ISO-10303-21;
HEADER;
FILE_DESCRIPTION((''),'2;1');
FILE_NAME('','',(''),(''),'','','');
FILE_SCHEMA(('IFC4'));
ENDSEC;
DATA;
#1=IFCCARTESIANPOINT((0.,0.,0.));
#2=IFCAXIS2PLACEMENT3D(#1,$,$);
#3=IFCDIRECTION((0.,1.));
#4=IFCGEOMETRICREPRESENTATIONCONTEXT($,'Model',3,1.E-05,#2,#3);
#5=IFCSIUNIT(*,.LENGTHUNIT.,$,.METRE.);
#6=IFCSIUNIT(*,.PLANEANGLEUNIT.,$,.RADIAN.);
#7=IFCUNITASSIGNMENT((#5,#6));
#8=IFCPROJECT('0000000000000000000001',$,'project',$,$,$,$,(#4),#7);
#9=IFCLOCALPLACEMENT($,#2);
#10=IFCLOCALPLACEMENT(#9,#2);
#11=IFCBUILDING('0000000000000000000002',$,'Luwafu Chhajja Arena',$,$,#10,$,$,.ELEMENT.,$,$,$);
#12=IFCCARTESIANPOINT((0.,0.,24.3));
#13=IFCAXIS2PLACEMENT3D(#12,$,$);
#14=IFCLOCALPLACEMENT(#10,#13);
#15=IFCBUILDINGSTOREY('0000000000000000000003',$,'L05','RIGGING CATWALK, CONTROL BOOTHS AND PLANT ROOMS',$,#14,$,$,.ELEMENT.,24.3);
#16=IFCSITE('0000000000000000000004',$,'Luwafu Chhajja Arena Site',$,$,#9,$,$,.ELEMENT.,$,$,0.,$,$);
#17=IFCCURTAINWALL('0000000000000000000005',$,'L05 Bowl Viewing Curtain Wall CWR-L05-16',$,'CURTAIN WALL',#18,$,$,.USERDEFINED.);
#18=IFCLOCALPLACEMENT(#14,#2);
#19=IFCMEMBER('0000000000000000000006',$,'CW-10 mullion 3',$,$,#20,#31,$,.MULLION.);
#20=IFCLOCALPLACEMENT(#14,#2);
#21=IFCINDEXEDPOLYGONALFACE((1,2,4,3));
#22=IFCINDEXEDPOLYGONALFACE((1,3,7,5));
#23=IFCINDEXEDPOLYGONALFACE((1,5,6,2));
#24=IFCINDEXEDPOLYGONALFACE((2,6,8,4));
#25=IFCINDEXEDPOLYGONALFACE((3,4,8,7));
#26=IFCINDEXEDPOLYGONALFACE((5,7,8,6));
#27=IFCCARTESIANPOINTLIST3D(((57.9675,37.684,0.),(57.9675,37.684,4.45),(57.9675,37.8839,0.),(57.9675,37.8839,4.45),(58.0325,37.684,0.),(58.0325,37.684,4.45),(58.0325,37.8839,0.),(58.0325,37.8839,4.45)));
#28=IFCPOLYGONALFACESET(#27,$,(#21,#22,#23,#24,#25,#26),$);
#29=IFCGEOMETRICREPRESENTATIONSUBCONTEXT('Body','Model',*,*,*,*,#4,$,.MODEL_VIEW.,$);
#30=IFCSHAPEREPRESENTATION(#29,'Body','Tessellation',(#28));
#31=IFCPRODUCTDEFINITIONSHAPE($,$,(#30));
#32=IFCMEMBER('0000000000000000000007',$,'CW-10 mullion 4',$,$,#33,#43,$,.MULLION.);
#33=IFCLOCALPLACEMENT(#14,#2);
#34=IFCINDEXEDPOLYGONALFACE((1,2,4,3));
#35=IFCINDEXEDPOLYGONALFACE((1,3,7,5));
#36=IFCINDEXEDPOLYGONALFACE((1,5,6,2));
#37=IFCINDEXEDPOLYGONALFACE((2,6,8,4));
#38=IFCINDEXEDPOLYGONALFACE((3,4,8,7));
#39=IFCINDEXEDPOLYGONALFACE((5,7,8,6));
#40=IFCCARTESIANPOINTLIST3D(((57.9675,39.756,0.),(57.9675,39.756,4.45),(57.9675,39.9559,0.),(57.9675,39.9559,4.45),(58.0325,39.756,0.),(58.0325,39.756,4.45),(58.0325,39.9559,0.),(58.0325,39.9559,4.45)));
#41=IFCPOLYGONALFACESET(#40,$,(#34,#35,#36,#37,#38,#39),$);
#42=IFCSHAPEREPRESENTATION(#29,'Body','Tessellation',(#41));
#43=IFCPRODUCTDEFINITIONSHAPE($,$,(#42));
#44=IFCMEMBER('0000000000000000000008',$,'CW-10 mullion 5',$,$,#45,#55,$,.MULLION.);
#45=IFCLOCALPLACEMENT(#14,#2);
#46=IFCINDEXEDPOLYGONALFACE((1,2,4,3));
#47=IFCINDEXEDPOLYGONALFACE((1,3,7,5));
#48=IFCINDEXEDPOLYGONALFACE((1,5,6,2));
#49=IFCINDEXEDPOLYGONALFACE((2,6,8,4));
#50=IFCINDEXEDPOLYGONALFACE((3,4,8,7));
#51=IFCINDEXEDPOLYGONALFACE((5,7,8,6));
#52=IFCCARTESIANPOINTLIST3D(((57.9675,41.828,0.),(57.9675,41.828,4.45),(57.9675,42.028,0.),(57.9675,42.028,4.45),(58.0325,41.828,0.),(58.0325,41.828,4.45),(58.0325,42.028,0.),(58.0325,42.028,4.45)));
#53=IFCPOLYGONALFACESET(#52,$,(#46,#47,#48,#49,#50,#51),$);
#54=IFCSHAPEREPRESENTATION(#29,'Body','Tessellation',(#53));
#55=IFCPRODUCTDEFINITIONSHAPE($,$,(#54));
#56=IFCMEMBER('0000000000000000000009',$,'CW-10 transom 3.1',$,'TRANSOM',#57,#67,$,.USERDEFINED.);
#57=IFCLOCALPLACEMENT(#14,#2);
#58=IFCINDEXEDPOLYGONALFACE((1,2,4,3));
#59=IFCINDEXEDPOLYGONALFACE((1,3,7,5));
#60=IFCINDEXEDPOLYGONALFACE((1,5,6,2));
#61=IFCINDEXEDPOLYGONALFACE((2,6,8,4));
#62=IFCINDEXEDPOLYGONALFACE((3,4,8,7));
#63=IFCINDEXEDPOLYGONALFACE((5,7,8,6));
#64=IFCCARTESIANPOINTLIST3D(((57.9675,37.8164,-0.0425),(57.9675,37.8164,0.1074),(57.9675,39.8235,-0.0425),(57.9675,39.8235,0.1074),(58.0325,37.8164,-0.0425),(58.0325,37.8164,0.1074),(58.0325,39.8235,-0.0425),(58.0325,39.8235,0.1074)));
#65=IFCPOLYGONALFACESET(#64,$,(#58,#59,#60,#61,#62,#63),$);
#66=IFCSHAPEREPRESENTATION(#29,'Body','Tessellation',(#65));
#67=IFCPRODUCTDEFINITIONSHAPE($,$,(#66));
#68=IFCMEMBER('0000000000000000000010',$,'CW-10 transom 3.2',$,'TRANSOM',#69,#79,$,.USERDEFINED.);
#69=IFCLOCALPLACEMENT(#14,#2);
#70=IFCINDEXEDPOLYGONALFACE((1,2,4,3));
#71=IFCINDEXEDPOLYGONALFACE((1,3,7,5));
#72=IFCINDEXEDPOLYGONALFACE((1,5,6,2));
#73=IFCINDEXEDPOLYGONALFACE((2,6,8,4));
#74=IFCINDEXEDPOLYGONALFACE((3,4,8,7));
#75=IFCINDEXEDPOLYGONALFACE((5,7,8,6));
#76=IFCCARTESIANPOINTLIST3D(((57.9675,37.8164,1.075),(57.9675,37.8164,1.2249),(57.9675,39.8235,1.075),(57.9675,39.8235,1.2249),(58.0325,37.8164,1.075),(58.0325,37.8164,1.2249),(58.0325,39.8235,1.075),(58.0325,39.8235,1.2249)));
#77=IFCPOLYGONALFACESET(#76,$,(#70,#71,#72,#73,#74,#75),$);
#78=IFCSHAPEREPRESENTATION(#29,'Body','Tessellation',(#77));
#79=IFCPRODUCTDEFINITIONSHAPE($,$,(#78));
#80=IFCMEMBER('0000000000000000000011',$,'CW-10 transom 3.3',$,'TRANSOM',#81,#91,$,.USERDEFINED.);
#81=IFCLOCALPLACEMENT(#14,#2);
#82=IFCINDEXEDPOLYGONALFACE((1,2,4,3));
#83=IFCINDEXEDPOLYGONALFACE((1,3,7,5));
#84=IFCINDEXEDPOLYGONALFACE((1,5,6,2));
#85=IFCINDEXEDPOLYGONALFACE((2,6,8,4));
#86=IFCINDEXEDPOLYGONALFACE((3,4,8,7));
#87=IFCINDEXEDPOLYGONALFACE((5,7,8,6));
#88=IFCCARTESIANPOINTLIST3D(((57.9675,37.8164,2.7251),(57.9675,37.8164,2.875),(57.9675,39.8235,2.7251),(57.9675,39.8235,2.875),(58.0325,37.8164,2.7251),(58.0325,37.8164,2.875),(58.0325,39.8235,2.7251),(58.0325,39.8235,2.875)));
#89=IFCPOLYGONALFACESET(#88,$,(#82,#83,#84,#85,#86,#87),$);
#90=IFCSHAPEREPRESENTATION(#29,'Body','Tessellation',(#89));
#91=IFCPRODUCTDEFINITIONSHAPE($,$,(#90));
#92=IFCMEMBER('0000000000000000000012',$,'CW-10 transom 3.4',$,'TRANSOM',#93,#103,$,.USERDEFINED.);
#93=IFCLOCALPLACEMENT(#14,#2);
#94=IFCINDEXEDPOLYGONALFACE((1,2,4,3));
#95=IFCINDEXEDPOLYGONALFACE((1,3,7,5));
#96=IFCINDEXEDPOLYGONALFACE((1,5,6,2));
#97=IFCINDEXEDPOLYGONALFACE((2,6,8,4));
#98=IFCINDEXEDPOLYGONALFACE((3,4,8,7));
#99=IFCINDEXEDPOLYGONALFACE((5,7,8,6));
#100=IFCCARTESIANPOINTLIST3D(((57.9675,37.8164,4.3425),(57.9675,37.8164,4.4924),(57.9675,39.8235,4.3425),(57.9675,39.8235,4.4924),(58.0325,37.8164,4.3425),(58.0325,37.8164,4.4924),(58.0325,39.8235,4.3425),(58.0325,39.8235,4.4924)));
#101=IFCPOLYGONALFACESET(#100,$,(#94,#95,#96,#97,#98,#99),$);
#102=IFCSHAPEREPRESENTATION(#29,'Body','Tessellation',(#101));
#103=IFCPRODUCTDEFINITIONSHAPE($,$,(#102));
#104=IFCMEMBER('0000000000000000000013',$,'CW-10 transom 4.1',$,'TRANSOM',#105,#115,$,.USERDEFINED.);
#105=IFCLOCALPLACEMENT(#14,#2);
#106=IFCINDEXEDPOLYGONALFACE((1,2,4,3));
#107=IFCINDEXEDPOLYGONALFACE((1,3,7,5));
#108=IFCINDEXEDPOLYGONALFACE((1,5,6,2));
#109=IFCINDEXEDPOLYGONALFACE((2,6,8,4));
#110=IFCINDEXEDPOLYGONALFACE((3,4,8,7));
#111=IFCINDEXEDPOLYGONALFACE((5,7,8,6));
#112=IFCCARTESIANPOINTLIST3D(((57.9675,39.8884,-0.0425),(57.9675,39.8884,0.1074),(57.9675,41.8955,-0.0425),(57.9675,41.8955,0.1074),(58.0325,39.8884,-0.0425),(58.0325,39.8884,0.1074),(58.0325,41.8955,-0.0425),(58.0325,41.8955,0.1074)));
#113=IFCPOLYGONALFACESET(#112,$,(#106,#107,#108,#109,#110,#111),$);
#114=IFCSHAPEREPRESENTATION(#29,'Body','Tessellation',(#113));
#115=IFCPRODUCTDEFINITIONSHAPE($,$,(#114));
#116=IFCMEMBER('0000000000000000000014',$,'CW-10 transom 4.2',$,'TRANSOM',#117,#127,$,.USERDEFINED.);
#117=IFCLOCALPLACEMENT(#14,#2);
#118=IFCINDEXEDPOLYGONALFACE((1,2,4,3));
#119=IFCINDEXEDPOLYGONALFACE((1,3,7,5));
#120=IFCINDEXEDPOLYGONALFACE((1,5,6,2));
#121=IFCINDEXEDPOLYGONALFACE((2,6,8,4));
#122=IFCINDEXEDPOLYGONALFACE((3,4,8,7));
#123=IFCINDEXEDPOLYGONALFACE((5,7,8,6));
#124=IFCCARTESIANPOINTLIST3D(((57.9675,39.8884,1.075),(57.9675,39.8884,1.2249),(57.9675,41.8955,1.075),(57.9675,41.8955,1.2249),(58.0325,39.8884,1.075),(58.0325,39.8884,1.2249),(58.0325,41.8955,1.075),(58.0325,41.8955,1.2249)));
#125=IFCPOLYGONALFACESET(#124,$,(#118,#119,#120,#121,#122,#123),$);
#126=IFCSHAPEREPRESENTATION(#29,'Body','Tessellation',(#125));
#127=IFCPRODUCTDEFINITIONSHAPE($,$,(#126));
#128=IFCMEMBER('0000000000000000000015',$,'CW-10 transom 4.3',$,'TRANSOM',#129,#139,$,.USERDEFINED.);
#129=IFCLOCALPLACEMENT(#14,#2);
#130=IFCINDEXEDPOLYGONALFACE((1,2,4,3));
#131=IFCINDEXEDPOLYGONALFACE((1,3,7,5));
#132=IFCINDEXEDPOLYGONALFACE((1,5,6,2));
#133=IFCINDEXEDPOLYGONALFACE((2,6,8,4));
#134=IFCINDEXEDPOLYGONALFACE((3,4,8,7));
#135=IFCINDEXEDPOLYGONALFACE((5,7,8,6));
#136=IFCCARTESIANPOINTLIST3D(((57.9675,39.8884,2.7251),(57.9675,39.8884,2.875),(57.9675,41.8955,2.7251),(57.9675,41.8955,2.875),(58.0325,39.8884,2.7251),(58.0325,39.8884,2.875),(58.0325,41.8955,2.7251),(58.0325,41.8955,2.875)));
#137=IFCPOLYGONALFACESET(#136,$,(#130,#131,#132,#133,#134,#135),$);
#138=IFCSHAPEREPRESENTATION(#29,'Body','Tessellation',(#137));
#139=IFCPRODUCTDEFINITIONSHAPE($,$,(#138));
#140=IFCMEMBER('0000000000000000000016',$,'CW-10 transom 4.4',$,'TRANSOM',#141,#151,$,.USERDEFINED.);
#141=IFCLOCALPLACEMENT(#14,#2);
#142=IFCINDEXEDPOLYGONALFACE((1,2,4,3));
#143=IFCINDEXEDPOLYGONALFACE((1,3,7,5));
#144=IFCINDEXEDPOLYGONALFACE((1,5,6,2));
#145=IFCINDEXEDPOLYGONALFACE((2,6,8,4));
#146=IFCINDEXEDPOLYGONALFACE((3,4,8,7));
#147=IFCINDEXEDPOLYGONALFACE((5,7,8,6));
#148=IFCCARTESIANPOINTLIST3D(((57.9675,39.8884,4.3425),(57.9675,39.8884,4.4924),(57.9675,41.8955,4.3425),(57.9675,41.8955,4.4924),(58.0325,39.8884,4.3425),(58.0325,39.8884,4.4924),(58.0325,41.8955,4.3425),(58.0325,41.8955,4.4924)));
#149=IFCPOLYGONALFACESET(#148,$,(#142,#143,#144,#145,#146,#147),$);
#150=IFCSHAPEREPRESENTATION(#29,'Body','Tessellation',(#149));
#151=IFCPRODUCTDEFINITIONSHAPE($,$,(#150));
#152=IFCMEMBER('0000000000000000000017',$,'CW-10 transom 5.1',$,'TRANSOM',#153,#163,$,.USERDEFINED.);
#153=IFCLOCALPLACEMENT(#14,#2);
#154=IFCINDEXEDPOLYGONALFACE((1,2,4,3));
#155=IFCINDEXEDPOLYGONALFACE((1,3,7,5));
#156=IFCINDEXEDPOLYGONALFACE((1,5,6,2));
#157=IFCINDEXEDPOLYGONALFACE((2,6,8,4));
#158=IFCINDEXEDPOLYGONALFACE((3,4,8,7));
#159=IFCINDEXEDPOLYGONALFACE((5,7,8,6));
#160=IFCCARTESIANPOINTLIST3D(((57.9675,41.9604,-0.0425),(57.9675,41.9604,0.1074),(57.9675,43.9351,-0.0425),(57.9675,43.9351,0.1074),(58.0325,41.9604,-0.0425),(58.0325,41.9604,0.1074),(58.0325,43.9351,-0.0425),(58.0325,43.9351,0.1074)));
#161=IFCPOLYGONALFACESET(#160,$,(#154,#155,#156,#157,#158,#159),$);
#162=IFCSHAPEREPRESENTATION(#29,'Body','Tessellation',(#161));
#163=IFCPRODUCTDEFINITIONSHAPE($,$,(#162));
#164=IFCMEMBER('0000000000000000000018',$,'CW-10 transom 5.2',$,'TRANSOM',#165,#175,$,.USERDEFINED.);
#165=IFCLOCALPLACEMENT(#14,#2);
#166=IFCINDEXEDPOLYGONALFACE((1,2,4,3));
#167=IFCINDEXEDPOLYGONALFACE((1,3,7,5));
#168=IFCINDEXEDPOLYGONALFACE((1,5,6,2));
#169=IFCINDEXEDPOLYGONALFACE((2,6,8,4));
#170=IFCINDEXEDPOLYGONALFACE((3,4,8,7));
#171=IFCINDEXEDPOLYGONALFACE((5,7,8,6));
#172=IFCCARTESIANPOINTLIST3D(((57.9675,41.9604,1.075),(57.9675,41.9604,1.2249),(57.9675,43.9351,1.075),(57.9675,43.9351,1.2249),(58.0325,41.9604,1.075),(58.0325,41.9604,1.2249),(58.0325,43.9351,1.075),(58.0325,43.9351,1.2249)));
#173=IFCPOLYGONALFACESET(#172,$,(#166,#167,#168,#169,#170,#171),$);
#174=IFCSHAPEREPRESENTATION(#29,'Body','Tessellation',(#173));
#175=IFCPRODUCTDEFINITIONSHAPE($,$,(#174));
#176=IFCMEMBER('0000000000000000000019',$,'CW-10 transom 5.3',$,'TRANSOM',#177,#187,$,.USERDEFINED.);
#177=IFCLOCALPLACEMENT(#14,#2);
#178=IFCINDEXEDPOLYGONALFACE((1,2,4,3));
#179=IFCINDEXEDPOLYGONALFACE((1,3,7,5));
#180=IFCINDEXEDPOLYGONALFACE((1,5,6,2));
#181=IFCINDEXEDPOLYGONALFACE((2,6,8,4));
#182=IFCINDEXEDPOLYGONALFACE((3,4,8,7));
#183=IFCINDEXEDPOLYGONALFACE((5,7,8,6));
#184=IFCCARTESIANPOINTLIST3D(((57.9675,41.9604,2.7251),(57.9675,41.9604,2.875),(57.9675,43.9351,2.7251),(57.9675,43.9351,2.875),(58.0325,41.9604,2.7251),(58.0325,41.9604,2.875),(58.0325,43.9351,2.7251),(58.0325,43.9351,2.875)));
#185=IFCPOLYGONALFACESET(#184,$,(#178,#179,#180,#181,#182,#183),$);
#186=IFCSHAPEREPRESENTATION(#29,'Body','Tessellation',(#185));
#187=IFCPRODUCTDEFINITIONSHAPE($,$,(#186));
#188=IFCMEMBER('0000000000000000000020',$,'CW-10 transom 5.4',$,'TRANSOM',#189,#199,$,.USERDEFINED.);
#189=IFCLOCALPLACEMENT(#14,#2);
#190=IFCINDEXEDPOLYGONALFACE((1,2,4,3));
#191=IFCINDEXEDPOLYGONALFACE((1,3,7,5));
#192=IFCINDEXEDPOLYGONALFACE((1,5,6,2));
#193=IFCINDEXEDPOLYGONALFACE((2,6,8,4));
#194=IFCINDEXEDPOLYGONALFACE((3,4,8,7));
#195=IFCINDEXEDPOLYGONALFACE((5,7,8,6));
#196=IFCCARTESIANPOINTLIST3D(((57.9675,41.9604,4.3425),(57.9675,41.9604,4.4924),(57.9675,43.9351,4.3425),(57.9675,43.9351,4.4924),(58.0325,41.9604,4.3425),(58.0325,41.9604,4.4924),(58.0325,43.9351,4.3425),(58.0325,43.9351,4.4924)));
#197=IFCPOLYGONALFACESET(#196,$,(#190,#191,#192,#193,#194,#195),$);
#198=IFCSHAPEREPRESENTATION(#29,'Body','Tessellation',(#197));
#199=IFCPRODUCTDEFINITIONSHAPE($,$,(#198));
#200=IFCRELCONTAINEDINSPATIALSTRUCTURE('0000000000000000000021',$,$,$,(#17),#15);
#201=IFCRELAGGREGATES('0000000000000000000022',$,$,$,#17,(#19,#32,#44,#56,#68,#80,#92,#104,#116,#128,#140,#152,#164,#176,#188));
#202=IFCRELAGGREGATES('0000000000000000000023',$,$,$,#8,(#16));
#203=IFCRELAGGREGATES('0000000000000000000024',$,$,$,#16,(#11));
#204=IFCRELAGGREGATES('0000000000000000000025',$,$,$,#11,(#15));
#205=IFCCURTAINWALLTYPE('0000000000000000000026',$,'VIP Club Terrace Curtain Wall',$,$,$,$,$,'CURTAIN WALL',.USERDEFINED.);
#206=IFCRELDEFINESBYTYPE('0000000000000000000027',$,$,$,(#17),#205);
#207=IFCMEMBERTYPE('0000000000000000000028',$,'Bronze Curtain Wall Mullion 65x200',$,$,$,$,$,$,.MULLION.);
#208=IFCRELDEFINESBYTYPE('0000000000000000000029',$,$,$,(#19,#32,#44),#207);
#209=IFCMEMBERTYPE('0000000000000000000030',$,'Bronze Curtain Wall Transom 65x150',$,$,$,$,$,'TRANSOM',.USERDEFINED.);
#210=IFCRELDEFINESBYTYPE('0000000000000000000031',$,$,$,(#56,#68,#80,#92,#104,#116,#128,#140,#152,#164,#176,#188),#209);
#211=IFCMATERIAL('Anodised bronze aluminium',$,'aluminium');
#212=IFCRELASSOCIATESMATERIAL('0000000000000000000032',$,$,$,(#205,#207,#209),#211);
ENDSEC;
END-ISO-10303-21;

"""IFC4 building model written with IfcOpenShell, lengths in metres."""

from ifc_helpers import new_model, si_unit, direction, frame, origin, origin_2d, place, context, subcontext, project, spatial, rectangle, extrude, material, material_profile, profile_set, type_object, element, aggregate, save


model = new_model("IFC4")

# Units and contexts
model_context = context("Model", 3, precision=1e-05, world=origin(), true_north=direction((0.0, 1.0)))
body_context = subcontext(model_context, "Body", "Model", "MODEL_VIEW")
ifc_project = project(units=[si_unit("LENGTHUNIT", "METRE"), si_unit("PLANEANGLEUNIT", "RADIAN")], contexts=[model_context])

# Site, building, storey
site_placement = place(None, origin())
site = spatial("IfcSite", under=ifc_project, at=site_placement, Name="Luwafu Chhajja Arena Site", CompositionType="ELEMENT", RefElevation=0.0)
building_placement = place(site_placement, origin())
building = spatial("IfcBuilding", under=site, at=building_placement, Name="Luwafu Chhajja Arena", CompositionType="ELEMENT")
storey_placement = place(building_placement, frame((0.0, 0.0, 24.3)))
storey = spatial("IfcBuildingStorey", under=building, at=storey_placement, Name="L05", Description="RIGGING CATWALK, CONTROL BOOTHS AND PLANT ROOMS", CompositionType="ELEMENT", Elevation=24.3)

# Curtain wall, members
ifc_material_1 = material(Name="Anodised bronze aluminium", Category="aluminium")
curtain_wall_type = type_object("IfcCurtainWallType", Name="VIP Club Terrace Curtain Wall", ElementType="CURTAIN WALL", PredefinedType="USERDEFINED", material=ifc_material_1)
curtain_wall_placement = place(storey_placement, origin())
curtain_wall = element("IfcCurtainWall", 1, at=curtain_wall_placement, inside=storey, type_object=curtain_wall_type, Name="L05 Bowl Viewing Curtain Wall CWR-L05-16", ObjectType="CURTAIN WALL", PredefinedType="USERDEFINED")
ifc_material_profile_1 = material_profile(ifc_material_1, rectangle(XDim=0.0649, YDim=0.2, at=origin_2d()), Name="CWM 65x200")
ifc_profile_set_1 = profile_set([ifc_material_profile_1], Name="Anodised bronze aluminium")
member_type_1 = type_object("IfcMemberType", Name="Bronze Curtain Wall Mullion 65x200", PredefinedType="MULLION", material=ifc_profile_set_1)
member_1_placement = place(storey_placement, frame((58.0, 37.7839, 0.0), z_axis=(0.0, 0.0, 1.0), x_axis=(-1.0, 0.0, 0.0)))
member_1 = element("IfcMember", 2, at=member_1_placement, type_object=member_type_1, Name="CW-10 mullion 3", PredefinedType="MULLION", context=body_context, shape_type="SweptSolid", body=[
    extrude(rectangle(XDim=0.0649, YDim=0.2, at=origin_2d()), origin(), (0.0, 0.0, 1.0), 4.45),
])
member_2_placement = place(storey_placement, frame((58.0, 39.856, 0.0), z_axis=(0.0, 0.0, 1.0), x_axis=(-1.0, 0.0, 0.0)))
member_2 = element("IfcMember", 3, at=member_2_placement, type_object=member_type_1, Name="CW-10 mullion 4", PredefinedType="MULLION", context=body_context, shape_type="SweptSolid", body=[
    extrude(rectangle(XDim=0.0649, YDim=0.2, at=origin_2d()), origin(), (0.0, 0.0, 1.0), 4.45),
])
member_3_placement = place(storey_placement, frame((58.0, 41.928, 0.0), z_axis=(0.0, 0.0, 1.0), x_axis=(-1.0, 0.0, 0.0)))
member_3 = element("IfcMember", 4, at=member_3_placement, type_object=member_type_1, Name="CW-10 mullion 5", PredefinedType="MULLION", context=body_context, shape_type="SweptSolid", body=[
    extrude(rectangle(XDim=0.0649, YDim=0.2, at=origin_2d()), origin(), (0.0, 0.0, 1.0), 4.45),
])
ifc_material_profile_2 = material_profile(ifc_material_1, rectangle(XDim=0.0649, YDim=0.1499, at=origin_2d()), Name="CWT 65x150")
ifc_profile_set_2 = profile_set([ifc_material_profile_2], Name="Anodised bronze aluminium")
member_type_2 = type_object("IfcMemberType", Name="Bronze Curtain Wall Transom 65x150", ElementType="TRANSOM", PredefinedType="USERDEFINED", material=ifc_profile_set_2)
member_4_placement = place(storey_placement, frame((58.0, 37.8164, 0.0325), z_axis=(0.0, 1.0, 0.0), x_axis=(-1.0, 0.0, 0.0)))
member_4 = element("IfcMember", 5, at=member_4_placement, type_object=member_type_2, Name="CW-10 transom 3.1", ObjectType="TRANSOM", PredefinedType="USERDEFINED", context=body_context, shape_type="SweptSolid", body=[
    extrude(rectangle(XDim=0.0649, YDim=0.1499, at=origin_2d()), origin(), (0.0, 0.0, 1.0), 2.0071),
])
member_5_placement = place(storey_placement, frame((58.0, 37.8164, 1.1499), z_axis=(0.0, 1.0, 0.0), x_axis=(-1.0, 0.0, 0.0)))
member_5 = element("IfcMember", 6, at=member_5_placement, type_object=member_type_2, Name="CW-10 transom 3.2", ObjectType="TRANSOM", PredefinedType="USERDEFINED", context=body_context, shape_type="SweptSolid", body=[
    extrude(rectangle(XDim=0.0649, YDim=0.1499, at=origin_2d()), origin(), (0.0, 0.0, 1.0), 2.0071),
])
member_6_placement = place(storey_placement, frame((58.0, 37.8164, 2.8), z_axis=(0.0, 1.0, 0.0), x_axis=(-1.0, 0.0, 0.0)))
member_6 = element("IfcMember", 7, at=member_6_placement, type_object=member_type_2, Name="CW-10 transom 3.3", ObjectType="TRANSOM", PredefinedType="USERDEFINED", context=body_context, shape_type="SweptSolid", body=[
    extrude(rectangle(XDim=0.0649, YDim=0.1499, at=origin_2d()), origin(), (0.0, 0.0, 1.0), 2.0071),
])
member_7_placement = place(storey_placement, frame((58.0, 37.8164, 4.4175), z_axis=(0.0, 1.0, 0.0), x_axis=(-1.0, 0.0, 0.0)))
member_7 = element("IfcMember", 8, at=member_7_placement, type_object=member_type_2, Name="CW-10 transom 3.4", ObjectType="TRANSOM", PredefinedType="USERDEFINED", context=body_context, shape_type="SweptSolid", body=[
    extrude(rectangle(XDim=0.0649, YDim=0.1499, at=origin_2d()), origin(), (0.0, 0.0, 1.0), 2.0071),
])
member_8_placement = place(storey_placement, frame((58.0, 39.8884, 0.0325), z_axis=(0.0, 1.0, 0.0), x_axis=(-1.0, 0.0, 0.0)))
member_8 = element("IfcMember", 9, at=member_8_placement, type_object=member_type_2, Name="CW-10 transom 4.1", ObjectType="TRANSOM", PredefinedType="USERDEFINED", context=body_context, shape_type="SweptSolid", body=[
    extrude(rectangle(XDim=0.0649, YDim=0.1499, at=origin_2d()), origin(), (0.0, 0.0, 1.0), 2.0071),
])
member_9_placement = place(storey_placement, frame((58.0, 39.8884, 1.1499), z_axis=(0.0, 1.0, 0.0), x_axis=(-1.0, 0.0, 0.0)))
member_9 = element("IfcMember", 10, at=member_9_placement, type_object=member_type_2, Name="CW-10 transom 4.2", ObjectType="TRANSOM", PredefinedType="USERDEFINED", context=body_context, shape_type="SweptSolid", body=[
    extrude(rectangle(XDim=0.0649, YDim=0.1499, at=origin_2d()), origin(), (0.0, 0.0, 1.0), 2.0071),
])
member_10_placement = place(storey_placement, frame((58.0, 39.8884, 2.8), z_axis=(0.0, 1.0, 0.0), x_axis=(-1.0, 0.0, 0.0)))
member_10 = element("IfcMember", 11, at=member_10_placement, type_object=member_type_2, Name="CW-10 transom 4.3", ObjectType="TRANSOM", PredefinedType="USERDEFINED", context=body_context, shape_type="SweptSolid", body=[
    extrude(rectangle(XDim=0.0649, YDim=0.1499, at=origin_2d()), origin(), (0.0, 0.0, 1.0), 2.0071),
])
member_11_placement = place(storey_placement, frame((58.0, 39.8884, 4.4175), z_axis=(0.0, 1.0, 0.0), x_axis=(-1.0, 0.0, 0.0)))
member_11 = element("IfcMember", 12, at=member_11_placement, type_object=member_type_2, Name="CW-10 transom 4.4", ObjectType="TRANSOM", PredefinedType="USERDEFINED", context=body_context, shape_type="SweptSolid", body=[
    extrude(rectangle(XDim=0.0649, YDim=0.1499, at=origin_2d()), origin(), (0.0, 0.0, 1.0), 2.0071),
])
member_12_placement = place(storey_placement, frame((58.0, 41.9604, 0.0325), z_axis=(0.0, 1.0, 0.0), x_axis=(-1.0, 0.0, 0.0)))
member_12 = element("IfcMember", 13, at=member_12_placement, type_object=member_type_2, Name="CW-10 transom 5.1", ObjectType="TRANSOM", PredefinedType="USERDEFINED", context=body_context, shape_type="SweptSolid", body=[
    extrude(rectangle(XDim=0.0649, YDim=0.1499, at=origin_2d()), origin(), (0.0, 0.0, 1.0), 1.9746),
])
member_13_placement = place(storey_placement, frame((58.0, 41.9604, 1.1499), z_axis=(0.0, 1.0, 0.0), x_axis=(-1.0, 0.0, 0.0)))
member_13 = element("IfcMember", 14, at=member_13_placement, type_object=member_type_2, Name="CW-10 transom 5.2", ObjectType="TRANSOM", PredefinedType="USERDEFINED", context=body_context, shape_type="SweptSolid", body=[
    extrude(rectangle(XDim=0.0649, YDim=0.1499, at=origin_2d()), origin(), (0.0, 0.0, 1.0), 1.9746),
])
member_14_placement = place(storey_placement, frame((58.0, 41.9604, 2.8), z_axis=(0.0, 1.0, 0.0), x_axis=(-1.0, 0.0, 0.0)))
member_14 = element("IfcMember", 15, at=member_14_placement, type_object=member_type_2, Name="CW-10 transom 5.3", ObjectType="TRANSOM", PredefinedType="USERDEFINED", context=body_context, shape_type="SweptSolid", body=[
    extrude(rectangle(XDim=0.0649, YDim=0.1499, at=origin_2d()), origin(), (0.0, 0.0, 1.0), 1.9746),
])
member_15_placement = place(storey_placement, frame((58.0, 41.9604, 4.4175), z_axis=(0.0, 1.0, 0.0), x_axis=(-1.0, 0.0, 0.0)))
member_15 = element("IfcMember", 16, at=member_15_placement, type_object=member_type_2, Name="CW-10 transom 5.4", ObjectType="TRANSOM", PredefinedType="USERDEFINED", context=body_context, shape_type="SweptSolid", body=[
    extrude(rectangle(XDim=0.0649, YDim=0.1499, at=origin_2d()), origin(), (0.0, 0.0, 1.0), 1.9746),
])
aggregate(curtain_wall, [member_1, member_2, member_3, member_4, member_5, member_6, member_7, member_8, member_9, member_10, member_11, member_12, member_13, member_14, member_15])

save(model, "model.ifc")
